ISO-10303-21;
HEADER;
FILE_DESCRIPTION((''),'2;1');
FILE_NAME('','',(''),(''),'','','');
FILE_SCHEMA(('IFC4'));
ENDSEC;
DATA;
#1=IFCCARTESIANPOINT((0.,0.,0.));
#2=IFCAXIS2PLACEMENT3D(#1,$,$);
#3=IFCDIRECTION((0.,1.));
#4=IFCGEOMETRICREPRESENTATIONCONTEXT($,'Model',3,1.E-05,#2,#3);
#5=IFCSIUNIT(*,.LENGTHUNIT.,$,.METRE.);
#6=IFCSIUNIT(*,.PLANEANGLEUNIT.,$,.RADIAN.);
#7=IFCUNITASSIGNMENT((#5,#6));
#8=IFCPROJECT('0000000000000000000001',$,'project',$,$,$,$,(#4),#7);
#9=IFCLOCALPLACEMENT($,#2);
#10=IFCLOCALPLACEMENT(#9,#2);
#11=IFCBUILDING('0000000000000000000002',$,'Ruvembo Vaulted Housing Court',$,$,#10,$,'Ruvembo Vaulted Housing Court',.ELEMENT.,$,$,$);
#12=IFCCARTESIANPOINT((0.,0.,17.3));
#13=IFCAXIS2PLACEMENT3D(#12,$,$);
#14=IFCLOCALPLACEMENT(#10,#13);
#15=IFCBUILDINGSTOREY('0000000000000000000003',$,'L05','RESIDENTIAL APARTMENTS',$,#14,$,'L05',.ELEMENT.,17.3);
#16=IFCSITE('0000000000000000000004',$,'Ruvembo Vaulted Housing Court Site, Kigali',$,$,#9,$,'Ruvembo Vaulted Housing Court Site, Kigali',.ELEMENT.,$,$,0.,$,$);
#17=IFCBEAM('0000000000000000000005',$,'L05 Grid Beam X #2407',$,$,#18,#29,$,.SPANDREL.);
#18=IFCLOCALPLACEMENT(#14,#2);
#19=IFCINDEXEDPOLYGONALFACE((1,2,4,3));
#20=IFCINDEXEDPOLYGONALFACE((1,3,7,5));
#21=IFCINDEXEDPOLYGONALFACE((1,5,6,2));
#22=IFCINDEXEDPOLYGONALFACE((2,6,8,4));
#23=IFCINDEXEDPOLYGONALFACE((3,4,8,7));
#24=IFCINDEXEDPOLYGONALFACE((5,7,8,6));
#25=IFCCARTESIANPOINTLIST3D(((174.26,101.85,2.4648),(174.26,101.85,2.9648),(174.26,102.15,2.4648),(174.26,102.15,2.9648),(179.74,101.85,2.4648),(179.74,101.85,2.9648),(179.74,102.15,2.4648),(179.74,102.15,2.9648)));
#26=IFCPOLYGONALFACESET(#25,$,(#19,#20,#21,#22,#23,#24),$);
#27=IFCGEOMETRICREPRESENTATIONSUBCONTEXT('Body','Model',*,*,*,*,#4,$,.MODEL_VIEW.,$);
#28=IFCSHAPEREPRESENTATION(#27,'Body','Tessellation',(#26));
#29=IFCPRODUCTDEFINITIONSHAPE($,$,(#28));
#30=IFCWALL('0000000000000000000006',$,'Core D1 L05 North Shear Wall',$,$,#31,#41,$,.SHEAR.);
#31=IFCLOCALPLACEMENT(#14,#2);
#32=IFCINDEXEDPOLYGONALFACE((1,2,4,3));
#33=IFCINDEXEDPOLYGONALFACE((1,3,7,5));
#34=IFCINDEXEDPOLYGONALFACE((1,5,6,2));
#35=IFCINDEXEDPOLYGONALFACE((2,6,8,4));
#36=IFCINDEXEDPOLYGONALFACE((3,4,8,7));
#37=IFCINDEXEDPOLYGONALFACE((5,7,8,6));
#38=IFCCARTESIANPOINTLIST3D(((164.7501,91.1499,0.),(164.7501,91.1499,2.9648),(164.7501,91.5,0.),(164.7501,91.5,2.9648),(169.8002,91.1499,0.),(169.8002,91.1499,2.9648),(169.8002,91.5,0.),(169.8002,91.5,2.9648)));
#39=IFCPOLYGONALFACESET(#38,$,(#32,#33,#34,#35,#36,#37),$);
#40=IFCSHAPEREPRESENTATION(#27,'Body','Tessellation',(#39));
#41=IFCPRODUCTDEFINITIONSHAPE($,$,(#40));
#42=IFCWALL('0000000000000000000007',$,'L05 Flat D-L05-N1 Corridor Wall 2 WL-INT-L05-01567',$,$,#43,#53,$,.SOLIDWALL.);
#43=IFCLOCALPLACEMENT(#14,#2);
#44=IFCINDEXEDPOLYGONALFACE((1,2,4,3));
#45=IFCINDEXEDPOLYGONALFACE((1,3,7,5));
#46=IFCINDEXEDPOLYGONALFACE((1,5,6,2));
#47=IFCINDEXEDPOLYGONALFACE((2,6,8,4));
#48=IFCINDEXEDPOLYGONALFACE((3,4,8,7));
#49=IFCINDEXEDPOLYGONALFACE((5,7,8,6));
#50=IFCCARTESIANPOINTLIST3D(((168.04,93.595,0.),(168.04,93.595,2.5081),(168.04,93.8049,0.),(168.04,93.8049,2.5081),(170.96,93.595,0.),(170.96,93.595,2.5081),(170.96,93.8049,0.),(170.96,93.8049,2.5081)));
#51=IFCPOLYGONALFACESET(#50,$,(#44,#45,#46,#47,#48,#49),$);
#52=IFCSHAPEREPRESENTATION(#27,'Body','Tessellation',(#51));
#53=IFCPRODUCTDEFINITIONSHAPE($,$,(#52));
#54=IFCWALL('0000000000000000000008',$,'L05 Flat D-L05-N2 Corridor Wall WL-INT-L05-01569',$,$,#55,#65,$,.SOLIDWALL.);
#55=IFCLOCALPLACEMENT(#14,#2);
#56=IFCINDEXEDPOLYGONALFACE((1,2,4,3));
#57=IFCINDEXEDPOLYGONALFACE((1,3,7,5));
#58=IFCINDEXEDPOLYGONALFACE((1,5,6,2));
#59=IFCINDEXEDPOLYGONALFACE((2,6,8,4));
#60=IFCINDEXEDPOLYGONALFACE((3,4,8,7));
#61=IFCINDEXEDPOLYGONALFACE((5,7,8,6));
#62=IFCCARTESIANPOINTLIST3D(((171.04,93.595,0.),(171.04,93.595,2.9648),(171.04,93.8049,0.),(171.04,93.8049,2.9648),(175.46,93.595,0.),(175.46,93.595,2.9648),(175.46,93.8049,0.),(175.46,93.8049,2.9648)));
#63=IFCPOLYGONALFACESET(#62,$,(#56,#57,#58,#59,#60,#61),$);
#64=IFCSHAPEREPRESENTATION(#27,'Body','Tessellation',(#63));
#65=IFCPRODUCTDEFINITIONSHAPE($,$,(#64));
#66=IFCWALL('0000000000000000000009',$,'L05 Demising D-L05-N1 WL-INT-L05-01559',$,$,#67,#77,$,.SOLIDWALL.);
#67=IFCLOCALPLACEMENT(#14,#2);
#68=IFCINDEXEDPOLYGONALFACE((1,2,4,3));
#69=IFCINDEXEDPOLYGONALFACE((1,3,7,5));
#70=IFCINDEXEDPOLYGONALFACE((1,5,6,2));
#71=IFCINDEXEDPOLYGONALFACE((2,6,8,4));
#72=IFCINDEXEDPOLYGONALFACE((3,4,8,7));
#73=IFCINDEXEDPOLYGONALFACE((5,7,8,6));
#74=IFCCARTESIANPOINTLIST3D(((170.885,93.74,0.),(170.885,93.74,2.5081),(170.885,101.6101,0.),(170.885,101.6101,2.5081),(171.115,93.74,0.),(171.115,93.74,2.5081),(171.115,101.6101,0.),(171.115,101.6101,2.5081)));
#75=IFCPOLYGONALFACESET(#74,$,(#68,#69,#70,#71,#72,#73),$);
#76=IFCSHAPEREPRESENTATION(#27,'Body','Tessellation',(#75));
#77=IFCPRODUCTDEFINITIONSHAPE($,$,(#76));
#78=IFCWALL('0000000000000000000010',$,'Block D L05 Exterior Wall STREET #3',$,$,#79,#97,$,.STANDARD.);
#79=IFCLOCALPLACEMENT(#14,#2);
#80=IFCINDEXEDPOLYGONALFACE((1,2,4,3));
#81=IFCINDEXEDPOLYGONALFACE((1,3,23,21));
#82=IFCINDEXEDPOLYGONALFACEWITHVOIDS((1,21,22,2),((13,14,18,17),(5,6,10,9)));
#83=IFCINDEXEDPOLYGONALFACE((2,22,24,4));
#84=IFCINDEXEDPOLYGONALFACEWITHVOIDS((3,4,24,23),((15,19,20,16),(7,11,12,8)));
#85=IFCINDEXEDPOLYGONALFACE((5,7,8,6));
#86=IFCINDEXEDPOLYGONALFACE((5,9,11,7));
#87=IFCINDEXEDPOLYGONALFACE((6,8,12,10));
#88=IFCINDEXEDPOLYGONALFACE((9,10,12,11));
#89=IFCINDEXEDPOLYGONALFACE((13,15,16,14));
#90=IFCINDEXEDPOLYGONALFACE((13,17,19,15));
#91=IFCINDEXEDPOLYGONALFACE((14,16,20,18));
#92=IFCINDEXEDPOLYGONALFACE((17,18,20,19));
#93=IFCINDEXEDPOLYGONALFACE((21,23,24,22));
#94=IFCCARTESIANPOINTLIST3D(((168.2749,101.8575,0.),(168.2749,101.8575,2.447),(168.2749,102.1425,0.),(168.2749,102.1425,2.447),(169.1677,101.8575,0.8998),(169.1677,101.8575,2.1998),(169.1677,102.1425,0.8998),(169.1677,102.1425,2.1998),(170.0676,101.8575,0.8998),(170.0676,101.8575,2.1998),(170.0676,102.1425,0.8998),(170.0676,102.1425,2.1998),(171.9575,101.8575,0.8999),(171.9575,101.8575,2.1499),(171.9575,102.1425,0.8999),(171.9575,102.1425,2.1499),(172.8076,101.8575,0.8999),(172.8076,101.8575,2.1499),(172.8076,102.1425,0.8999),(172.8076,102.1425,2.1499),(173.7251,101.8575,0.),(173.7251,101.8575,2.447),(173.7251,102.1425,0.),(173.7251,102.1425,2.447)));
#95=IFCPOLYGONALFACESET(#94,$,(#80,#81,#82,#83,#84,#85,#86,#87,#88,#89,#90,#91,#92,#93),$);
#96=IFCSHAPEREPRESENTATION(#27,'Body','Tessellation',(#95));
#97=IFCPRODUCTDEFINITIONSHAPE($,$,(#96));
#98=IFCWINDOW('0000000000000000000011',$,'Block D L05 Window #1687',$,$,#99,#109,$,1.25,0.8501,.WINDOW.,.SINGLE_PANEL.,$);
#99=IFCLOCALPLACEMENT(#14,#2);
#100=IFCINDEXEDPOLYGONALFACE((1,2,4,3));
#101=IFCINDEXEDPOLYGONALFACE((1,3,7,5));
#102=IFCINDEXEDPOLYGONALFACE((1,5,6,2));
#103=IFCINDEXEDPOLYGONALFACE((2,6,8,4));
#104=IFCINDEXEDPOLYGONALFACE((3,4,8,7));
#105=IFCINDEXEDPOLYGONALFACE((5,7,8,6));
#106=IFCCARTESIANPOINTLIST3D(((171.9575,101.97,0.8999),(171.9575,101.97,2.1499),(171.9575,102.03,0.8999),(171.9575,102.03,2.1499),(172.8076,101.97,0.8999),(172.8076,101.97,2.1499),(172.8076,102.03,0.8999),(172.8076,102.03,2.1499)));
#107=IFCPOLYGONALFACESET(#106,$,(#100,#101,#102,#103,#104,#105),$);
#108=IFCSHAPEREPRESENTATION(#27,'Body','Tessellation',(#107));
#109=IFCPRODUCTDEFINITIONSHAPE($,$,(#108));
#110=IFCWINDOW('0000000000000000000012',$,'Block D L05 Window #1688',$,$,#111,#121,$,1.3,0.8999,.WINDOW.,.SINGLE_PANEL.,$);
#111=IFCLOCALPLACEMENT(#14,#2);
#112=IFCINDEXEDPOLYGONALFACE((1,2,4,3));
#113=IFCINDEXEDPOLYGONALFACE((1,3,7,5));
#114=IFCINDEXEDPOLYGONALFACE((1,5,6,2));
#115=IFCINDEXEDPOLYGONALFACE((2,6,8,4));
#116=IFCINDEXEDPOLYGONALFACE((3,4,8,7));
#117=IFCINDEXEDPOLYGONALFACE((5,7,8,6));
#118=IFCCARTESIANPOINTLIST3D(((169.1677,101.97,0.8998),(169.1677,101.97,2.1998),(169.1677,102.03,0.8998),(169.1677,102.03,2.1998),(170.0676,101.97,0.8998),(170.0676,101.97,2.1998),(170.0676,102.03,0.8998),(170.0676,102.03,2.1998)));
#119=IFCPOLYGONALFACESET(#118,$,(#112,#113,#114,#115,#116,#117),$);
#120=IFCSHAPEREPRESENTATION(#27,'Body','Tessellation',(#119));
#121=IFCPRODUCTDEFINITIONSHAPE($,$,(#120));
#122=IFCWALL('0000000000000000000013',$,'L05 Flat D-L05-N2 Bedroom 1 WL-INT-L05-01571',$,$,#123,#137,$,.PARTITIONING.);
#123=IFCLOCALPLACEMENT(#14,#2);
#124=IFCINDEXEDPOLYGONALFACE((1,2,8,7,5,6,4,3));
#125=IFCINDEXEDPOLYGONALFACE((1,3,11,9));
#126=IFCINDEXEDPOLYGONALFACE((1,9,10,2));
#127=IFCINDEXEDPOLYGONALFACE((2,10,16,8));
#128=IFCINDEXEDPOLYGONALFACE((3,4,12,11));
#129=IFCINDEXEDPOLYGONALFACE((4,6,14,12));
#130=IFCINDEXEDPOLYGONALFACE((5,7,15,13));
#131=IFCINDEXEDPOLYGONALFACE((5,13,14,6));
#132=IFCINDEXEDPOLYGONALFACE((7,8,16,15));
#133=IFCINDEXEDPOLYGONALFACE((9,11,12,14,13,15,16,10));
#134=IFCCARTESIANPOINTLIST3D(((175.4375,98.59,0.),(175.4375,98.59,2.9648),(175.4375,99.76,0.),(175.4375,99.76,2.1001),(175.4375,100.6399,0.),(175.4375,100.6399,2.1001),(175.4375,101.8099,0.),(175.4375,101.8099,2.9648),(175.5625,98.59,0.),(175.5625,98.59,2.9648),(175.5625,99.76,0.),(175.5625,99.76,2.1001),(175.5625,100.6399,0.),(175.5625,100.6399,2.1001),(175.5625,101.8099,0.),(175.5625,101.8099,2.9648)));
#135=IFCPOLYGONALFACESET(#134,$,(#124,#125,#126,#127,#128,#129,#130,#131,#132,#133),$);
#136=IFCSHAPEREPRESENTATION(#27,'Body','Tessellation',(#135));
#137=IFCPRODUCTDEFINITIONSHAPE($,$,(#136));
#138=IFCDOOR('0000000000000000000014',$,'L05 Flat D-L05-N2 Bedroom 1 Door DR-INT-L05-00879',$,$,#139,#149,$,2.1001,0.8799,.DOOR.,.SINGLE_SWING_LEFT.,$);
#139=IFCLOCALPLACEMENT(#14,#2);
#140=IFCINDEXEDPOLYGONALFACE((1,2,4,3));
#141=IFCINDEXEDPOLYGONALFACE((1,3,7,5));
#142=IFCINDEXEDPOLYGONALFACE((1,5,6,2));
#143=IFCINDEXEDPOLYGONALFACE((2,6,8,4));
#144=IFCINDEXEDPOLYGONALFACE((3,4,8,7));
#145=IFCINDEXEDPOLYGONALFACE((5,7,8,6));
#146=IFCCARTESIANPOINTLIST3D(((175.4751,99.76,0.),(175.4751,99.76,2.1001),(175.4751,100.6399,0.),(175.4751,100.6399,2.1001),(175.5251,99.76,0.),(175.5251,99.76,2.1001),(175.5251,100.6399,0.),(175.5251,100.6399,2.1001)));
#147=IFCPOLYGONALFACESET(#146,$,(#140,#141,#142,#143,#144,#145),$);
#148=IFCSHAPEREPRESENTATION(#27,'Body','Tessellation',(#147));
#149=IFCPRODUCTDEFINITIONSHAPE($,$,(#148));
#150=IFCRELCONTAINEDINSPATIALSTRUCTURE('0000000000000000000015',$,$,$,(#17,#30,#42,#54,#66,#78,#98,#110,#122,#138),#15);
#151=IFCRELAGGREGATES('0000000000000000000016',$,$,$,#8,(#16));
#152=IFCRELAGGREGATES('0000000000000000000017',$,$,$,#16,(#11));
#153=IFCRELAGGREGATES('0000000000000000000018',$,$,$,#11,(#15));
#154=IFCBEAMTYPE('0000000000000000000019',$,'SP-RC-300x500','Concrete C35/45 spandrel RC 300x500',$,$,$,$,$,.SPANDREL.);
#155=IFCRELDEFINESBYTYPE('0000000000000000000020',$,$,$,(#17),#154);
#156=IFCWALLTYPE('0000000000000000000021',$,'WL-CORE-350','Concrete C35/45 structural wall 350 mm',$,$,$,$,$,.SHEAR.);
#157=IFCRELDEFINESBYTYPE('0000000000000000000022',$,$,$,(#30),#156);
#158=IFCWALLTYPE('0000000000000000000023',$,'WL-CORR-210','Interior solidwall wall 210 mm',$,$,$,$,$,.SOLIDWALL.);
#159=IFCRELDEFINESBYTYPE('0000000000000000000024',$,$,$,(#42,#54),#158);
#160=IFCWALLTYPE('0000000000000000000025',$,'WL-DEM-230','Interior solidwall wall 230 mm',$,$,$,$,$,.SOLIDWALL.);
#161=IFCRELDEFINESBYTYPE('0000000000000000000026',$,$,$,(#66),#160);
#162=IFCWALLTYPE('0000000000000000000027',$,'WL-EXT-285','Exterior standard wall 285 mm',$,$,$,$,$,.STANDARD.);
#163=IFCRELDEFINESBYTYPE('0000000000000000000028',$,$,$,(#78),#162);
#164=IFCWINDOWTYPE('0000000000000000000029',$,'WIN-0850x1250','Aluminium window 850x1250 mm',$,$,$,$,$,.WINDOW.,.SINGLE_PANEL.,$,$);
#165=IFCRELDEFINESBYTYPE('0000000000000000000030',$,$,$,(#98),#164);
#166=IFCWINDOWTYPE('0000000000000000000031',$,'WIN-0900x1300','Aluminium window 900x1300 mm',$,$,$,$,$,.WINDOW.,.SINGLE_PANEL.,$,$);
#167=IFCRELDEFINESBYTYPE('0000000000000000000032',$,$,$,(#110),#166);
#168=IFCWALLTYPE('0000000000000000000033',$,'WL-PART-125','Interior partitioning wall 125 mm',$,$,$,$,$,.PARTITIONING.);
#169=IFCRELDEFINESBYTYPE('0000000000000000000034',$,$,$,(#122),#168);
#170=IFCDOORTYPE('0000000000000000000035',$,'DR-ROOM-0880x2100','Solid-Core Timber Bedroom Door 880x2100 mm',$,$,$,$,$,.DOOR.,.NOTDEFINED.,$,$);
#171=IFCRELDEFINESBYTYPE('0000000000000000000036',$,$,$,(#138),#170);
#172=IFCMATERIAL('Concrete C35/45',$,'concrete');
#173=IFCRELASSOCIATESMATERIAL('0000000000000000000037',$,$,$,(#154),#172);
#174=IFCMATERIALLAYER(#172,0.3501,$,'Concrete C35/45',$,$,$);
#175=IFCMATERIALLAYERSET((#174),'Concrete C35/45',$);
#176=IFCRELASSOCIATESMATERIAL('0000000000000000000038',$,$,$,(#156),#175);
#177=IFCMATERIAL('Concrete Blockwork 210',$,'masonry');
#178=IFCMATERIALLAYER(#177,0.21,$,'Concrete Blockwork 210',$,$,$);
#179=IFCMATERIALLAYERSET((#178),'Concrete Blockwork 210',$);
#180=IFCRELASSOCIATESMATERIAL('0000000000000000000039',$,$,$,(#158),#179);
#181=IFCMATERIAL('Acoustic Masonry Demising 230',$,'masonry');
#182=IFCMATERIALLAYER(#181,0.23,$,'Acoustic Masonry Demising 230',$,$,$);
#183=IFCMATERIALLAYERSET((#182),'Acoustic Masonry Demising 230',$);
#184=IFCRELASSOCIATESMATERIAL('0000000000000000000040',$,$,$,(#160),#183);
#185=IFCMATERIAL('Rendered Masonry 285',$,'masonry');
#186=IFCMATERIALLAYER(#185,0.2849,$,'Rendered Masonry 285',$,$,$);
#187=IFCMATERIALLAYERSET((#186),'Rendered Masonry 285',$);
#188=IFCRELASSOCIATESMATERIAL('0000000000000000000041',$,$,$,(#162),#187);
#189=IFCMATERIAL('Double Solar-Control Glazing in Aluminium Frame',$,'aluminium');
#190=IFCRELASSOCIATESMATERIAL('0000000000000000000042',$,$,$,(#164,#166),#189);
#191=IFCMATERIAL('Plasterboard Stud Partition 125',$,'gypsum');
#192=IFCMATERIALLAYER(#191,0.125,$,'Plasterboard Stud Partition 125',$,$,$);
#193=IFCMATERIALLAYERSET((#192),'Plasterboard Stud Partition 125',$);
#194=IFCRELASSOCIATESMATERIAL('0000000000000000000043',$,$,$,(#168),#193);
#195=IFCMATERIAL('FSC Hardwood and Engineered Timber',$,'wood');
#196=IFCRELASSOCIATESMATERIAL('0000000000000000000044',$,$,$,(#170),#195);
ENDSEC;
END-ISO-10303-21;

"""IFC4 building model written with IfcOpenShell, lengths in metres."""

from ifc_helpers import new_model, si_unit, direction, frame, frame_2d, origin, origin_2d, place, context, subcontext, project, spatial, rectangle, extrude, material, layer, layer_set, material_profile, profile_set, type_object, element, fill, save


model = new_model("IFC4")

# Units and contexts
model_context = context("Model", 3, precision=1e-05, world=origin(), true_north=direction((0.0, 1.0)))
body_context = subcontext(model_context, "Body", "Model", "MODEL_VIEW")
ifc_project = project(units=[si_unit("LENGTHUNIT", "METRE"), si_unit("PLANEANGLEUNIT", "RADIAN")], contexts=[model_context])

# Site, building, storey
site_placement = place(None, origin())
site = spatial("IfcSite", under=ifc_project, at=site_placement, Name="Ruvembo Vaulted Housing Court Site, Kigali", LongName="Ruvembo Vaulted Housing Court Site, Kigali", CompositionType="ELEMENT", RefElevation=0.0)
building_placement = place(site_placement, origin())
building = spatial("IfcBuilding", under=site, at=building_placement, Name="Ruvembo Vaulted Housing Court", LongName="Ruvembo Vaulted Housing Court", CompositionType="ELEMENT")
storey_placement = place(building_placement, frame((0.0, 0.0, 17.3)))
storey = spatial("IfcBuildingStorey", under=building, at=storey_placement, Name="L05", Description="RESIDENTIAL APARTMENTS", LongName="L05", CompositionType="ELEMENT", Elevation=17.3)

# Shared definitions
ifc_material_1 = material(Name="Concrete C35/45", Category="concrete")

# Beam
ifc_material_profile_1 = material_profile(ifc_material_1, rectangle(XDim=0.3, YDim=0.5, at=origin_2d()), Name="RC 300x500")
ifc_profile_set_1 = profile_set([ifc_material_profile_1], Name="Concrete C35/45")
beam_type_1 = type_object("IfcBeamType", Name="SP-RC-300x500", Description="Concrete C35/45 spandrel RC 300x500", PredefinedType="SPANDREL", material=ifc_profile_set_1)
for number, where, z_axis, x_axis, name in (
    (1, (174.26, 102.0, 2.7148), (1.0, 0.0, 0.0), (0.0, 1.0, 0.0), "L05 Grid Beam X #2407"),
):
    element("IfcBeam", number, at=place(storey_placement, frame(where, z_axis=z_axis, x_axis=x_axis)), inside=storey, type_object=beam_type_1, Name=name, PredefinedType="SPANDREL", context=body_context, shape_type="SweptSolid", body=[
        extrude(rectangle(XDim=0.3, YDim=0.5, at=origin_2d()), origin(), (0.0, 0.0, 1.0), 5.48),
    ])

# Walls
ifc_layer_1 = layer(ifc_material_1, 0.3501, Name="Concrete C35/45")
ifc_layer_set_1 = layer_set([ifc_layer_1], Name="Concrete C35/45")
wall_type_1 = type_object("IfcWallType", Name="WL-CORE-350", Description="Concrete C35/45 structural wall 350 mm", PredefinedType="SHEAR", material=ifc_layer_set_1)
wall_1_placement = place(storey_placement, frame((169.8, 91.325, 0.0), z_axis=(0.0, 0.0, 1.0), x_axis=(-1.0, 0.0, 0.0)))
element("IfcWall", 2, at=wall_1_placement, inside=storey, type_object=wall_type_1, Name="Core D1 L05 North Shear Wall", PredefinedType="SHEAR", context=body_context, shape_type="SweptSolid", body=[
    extrude(rectangle(XDim=5.05, YDim=0.3501, at=frame_2d((2.5249, 0.0))), origin(), (0.0, 0.0, 1.0), 2.9648),
])
ifc_material_2 = material(Name="Concrete Blockwork 210", Category="masonry")
ifc_layer_2 = layer(ifc_material_2, 0.21, Name="Concrete Blockwork 210")
ifc_layer_set_2 = layer_set([ifc_layer_2], Name="Concrete Blockwork 210")
wall_type_2 = type_object("IfcWallType", Name="WL-CORR-210", Description="Interior solidwall wall 210 mm", PredefinedType="SOLIDWALL", material=ifc_layer_set_2)
wall_2_placement = place(storey_placement, frame((168.04, 93.7, 0.0), z_axis=(0.0, 0.0, 1.0), x_axis=(1.0, 0.0, 0.0)))
element("IfcWall", 3, at=wall_2_placement, inside=storey, type_object=wall_type_2, Name="L05 Flat D-L05-N1 Corridor Wall 2 WL-INT-L05-01567", PredefinedType="SOLIDWALL", context=body_context, shape_type="SweptSolid", body=[
    extrude(rectangle(XDim=2.9199, YDim=0.21, at=frame_2d((1.46, 0.0))), origin(), (0.0, 0.0, 1.0), 2.5081),
])
wall_3_placement = place(storey_placement, frame((171.04, 93.7, 0.0), z_axis=(0.0, 0.0, 1.0), x_axis=(1.0, 0.0, 0.0)))
element("IfcWall", 4, at=wall_3_placement, inside=storey, type_object=wall_type_2, Name="L05 Flat D-L05-N2 Corridor Wall WL-INT-L05-01569", PredefinedType="SOLIDWALL", context=body_context, shape_type="SweptSolid", body=[
    extrude(rectangle(XDim=4.4199, YDim=0.21, at=frame_2d((2.21, 0.0))), origin(), (0.0, 0.0, 1.0), 2.9648),
])
ifc_material_3 = material(Name="Acoustic Masonry Demising 230", Category="masonry")
ifc_layer_3 = layer(ifc_material_3, 0.23, Name="Acoustic Masonry Demising 230")
ifc_layer_set_3 = layer_set([ifc_layer_3], Name="Acoustic Masonry Demising 230")
wall_type_3 = type_object("IfcWallType", Name="WL-DEM-230", Description="Interior solidwall wall 230 mm", PredefinedType="SOLIDWALL", material=ifc_layer_set_3)
wall_4_placement = place(storey_placement, frame((171.0, 93.74, 0.0), z_axis=(0.0, 0.0, 1.0), x_axis=(0.0, 1.0, 0.0)))
element("IfcWall", 5, at=wall_4_placement, inside=storey, type_object=wall_type_3, Name="L05 Demising D-L05-N1 WL-INT-L05-01559", PredefinedType="SOLIDWALL", context=body_context, shape_type="SweptSolid", body=[
    extrude(rectangle(XDim=7.8701, YDim=0.23, at=frame_2d((3.9351, 0.0))), origin(), (0.0, 0.0, 1.0), 2.5081),
])

# Wall, openings, windows
ifc_material_4 = material(Name="Rendered Masonry 285", Category="masonry")
ifc_layer_4 = layer(ifc_material_4, 0.2849, Name="Rendered Masonry 285")
ifc_layer_set_4 = layer_set([ifc_layer_4], Name="Rendered Masonry 285")
wall_type_4 = type_object("IfcWallType", Name="WL-EXT-285", Description="Exterior standard wall 285 mm", PredefinedType="STANDARD", material=ifc_layer_set_4)
wall_5_placement = place(storey_placement, frame((173.7251, 102.0, 0.0), z_axis=(0.0, 0.0, 1.0), x_axis=(-1.0, 0.0, 0.0)))
wall_5 = element("IfcWall", 6, at=wall_5_placement, inside=storey, type_object=wall_type_4, Name="Block D L05 Exterior Wall STREET #3", PredefinedType="STANDARD", context=body_context, shape_type="SweptSolid", body=[
    extrude(rectangle(XDim=5.4502, YDim=0.2849, at=frame_2d((2.7251, 0.0))), origin(), (0.0, 0.0, 1.0), 2.447),
])
opening_1_placement = place(wall_5_placement, frame((0.9175, 0.0, 0.8999)))
opening_1 = element("IfcOpeningElement", 7, at=opening_1_placement, cuts=wall_5, PredefinedType="OPENING", context=body_context, shape_type="SweptSolid", body=[
    extrude(rectangle(XDim=0.8501, YDim=1.25, at=frame_2d((0.425, 0.625))), frame((0.0, 0.1523, 0.0), z_axis=(0.0, -1.0, 0.0), x_axis=(1.0, 0.0, 0.0)), (0.0, 0.0, 1.0), 0.3049),
])
opening_2_placement = place(wall_5_placement, frame((3.6575, 0.0, 0.8999)))
opening_2 = element("IfcOpeningElement", 8, at=opening_2_placement, cuts=wall_5, PredefinedType="OPENING", context=body_context, shape_type="SweptSolid", body=[
    extrude(rectangle(XDim=0.8999, YDim=1.3, at=frame_2d((0.45, 0.6499))), frame((0.0, 0.1523, 0.0), z_axis=(0.0, -1.0, 0.0), x_axis=(1.0, 0.0, 0.0)), (0.0, 0.0, 1.0), 0.3049),
])
ifc_material_5 = material(Name="Double Solar-Control Glazing in Aluminium Frame", Category="aluminium")
window_type_1 = type_object("IfcWindowType", Name="WIN-0850x1250", Description="Aluminium window 850x1250 mm", PartitioningType="SINGLE_PANEL", PredefinedType="WINDOW", material=ifc_material_5)
window_1_placement = place(opening_1_placement, origin())
window_1 = element("IfcWindow", 9, at=window_1_placement, inside=storey, type_object=window_type_1, Name="Block D L05 Window #1687", OverallHeight=1.25, OverallWidth=0.8501, PartitioningType="SINGLE_PANEL", PredefinedType="WINDOW", context=body_context, shape_type="SweptSolid", body=[
    extrude(rectangle(XDim=0.8501, YDim=1.25, at=frame_2d((0.425, 0.625))), frame((0.0, 0.03, 0.0), z_axis=(0.0, -1.0, 0.0), x_axis=(1.0, 0.0, 0.0)), (0.0, 0.0, 1.0), 0.0601),
])
fill(opening_1, window_1)
window_type_2 = type_object("IfcWindowType", Name="WIN-0900x1300", Description="Aluminium window 900x1300 mm", PartitioningType="SINGLE_PANEL", PredefinedType="WINDOW", material=ifc_material_5)
window_2_placement = place(opening_2_placement, origin())
window_2 = element("IfcWindow", 10, at=window_2_placement, inside=storey, type_object=window_type_2, Name="Block D L05 Window #1688", OverallHeight=1.3, OverallWidth=0.8999, PartitioningType="SINGLE_PANEL", PredefinedType="WINDOW", context=body_context, shape_type="SweptSolid", body=[
    extrude(rectangle(XDim=0.8999, YDim=1.3, at=frame_2d((0.45, 0.6499))), frame((0.0, 0.03, 0.0), z_axis=(0.0, -1.0, 0.0), x_axis=(1.0, 0.0, 0.0)), (0.0, 0.0, 1.0), 0.0601),
])
fill(opening_2, window_2)

# Wall, opening, door
ifc_material_6 = material(Name="Plasterboard Stud Partition 125", Category="gypsum")
ifc_layer_5 = layer(ifc_material_6, 0.125, Name="Plasterboard Stud Partition 125")
ifc_layer_set_5 = layer_set([ifc_layer_5], Name="Plasterboard Stud Partition 125")
wall_type_5 = type_object("IfcWallType", Name="WL-PART-125", Description="Interior partitioning wall 125 mm", PredefinedType="PARTITIONING", material=ifc_layer_set_5)
wall_6_placement = place(storey_placement, frame((175.5, 98.5901, 0.0), z_axis=(0.0, 0.0, 1.0), x_axis=(0.0, 1.0, 0.0)))
wall_6 = element("IfcWall", 11, at=wall_6_placement, inside=storey, type_object=wall_type_5, Name="L05 Flat D-L05-N2 Bedroom 1 WL-INT-L05-01571", PredefinedType="PARTITIONING", context=body_context, shape_type="SweptSolid", body=[
    extrude(rectangle(XDim=3.22, YDim=0.125, at=frame_2d((1.6099, 0.0))), origin(), (0.0, 0.0, 1.0), 2.9648),
])
opening_3_placement = place(wall_6_placement, frame((1.1699, 0.0, 0.0)))
opening_3 = element("IfcOpeningElement", 12, at=opening_3_placement, cuts=wall_6, PredefinedType="OPENING", context=body_context, shape_type="SweptSolid", body=[
    extrude(rectangle(XDim=0.8799, YDim=2.1001, at=frame_2d((0.4399, 1.05))), frame((0.0, 0.0725, 0.0), z_axis=(0.0, -1.0, 0.0), x_axis=(1.0, 0.0, 0.0)), (0.0, 0.0, 1.0), 0.145),
])
ifc_material_7 = material(Name="FSC Hardwood and Engineered Timber", Category="wood")
door_type_1 = type_object("IfcDoorType", Name="DR-ROOM-0880x2100", Description="Solid-Core Timber Bedroom Door 880x2100 mm", OperationType="NOTDEFINED", PredefinedType="DOOR", material=ifc_material_7)
door_1_placement = place(opening_3_placement, origin())
door_1 = element("IfcDoor", 13, at=door_1_placement, inside=storey, type_object=door_type_1, Name="L05 Flat D-L05-N2 Bedroom 1 Door DR-INT-L05-00879", OperationType="SINGLE_SWING_LEFT", OverallHeight=2.1001, OverallWidth=0.8799, PredefinedType="DOOR", context=body_context, shape_type="SweptSolid", body=[
    extrude(rectangle(XDim=0.8799, YDim=2.1001, at=frame_2d((0.4399, 1.05))), frame((0.0, 0.0249, 0.0), z_axis=(0.0, -1.0, 0.0), x_axis=(1.0, 0.0, 0.0)), (0.0, 0.0, 1.0), 0.05),
])
fill(opening_3, door_1)

save(model, "model.ifc")
